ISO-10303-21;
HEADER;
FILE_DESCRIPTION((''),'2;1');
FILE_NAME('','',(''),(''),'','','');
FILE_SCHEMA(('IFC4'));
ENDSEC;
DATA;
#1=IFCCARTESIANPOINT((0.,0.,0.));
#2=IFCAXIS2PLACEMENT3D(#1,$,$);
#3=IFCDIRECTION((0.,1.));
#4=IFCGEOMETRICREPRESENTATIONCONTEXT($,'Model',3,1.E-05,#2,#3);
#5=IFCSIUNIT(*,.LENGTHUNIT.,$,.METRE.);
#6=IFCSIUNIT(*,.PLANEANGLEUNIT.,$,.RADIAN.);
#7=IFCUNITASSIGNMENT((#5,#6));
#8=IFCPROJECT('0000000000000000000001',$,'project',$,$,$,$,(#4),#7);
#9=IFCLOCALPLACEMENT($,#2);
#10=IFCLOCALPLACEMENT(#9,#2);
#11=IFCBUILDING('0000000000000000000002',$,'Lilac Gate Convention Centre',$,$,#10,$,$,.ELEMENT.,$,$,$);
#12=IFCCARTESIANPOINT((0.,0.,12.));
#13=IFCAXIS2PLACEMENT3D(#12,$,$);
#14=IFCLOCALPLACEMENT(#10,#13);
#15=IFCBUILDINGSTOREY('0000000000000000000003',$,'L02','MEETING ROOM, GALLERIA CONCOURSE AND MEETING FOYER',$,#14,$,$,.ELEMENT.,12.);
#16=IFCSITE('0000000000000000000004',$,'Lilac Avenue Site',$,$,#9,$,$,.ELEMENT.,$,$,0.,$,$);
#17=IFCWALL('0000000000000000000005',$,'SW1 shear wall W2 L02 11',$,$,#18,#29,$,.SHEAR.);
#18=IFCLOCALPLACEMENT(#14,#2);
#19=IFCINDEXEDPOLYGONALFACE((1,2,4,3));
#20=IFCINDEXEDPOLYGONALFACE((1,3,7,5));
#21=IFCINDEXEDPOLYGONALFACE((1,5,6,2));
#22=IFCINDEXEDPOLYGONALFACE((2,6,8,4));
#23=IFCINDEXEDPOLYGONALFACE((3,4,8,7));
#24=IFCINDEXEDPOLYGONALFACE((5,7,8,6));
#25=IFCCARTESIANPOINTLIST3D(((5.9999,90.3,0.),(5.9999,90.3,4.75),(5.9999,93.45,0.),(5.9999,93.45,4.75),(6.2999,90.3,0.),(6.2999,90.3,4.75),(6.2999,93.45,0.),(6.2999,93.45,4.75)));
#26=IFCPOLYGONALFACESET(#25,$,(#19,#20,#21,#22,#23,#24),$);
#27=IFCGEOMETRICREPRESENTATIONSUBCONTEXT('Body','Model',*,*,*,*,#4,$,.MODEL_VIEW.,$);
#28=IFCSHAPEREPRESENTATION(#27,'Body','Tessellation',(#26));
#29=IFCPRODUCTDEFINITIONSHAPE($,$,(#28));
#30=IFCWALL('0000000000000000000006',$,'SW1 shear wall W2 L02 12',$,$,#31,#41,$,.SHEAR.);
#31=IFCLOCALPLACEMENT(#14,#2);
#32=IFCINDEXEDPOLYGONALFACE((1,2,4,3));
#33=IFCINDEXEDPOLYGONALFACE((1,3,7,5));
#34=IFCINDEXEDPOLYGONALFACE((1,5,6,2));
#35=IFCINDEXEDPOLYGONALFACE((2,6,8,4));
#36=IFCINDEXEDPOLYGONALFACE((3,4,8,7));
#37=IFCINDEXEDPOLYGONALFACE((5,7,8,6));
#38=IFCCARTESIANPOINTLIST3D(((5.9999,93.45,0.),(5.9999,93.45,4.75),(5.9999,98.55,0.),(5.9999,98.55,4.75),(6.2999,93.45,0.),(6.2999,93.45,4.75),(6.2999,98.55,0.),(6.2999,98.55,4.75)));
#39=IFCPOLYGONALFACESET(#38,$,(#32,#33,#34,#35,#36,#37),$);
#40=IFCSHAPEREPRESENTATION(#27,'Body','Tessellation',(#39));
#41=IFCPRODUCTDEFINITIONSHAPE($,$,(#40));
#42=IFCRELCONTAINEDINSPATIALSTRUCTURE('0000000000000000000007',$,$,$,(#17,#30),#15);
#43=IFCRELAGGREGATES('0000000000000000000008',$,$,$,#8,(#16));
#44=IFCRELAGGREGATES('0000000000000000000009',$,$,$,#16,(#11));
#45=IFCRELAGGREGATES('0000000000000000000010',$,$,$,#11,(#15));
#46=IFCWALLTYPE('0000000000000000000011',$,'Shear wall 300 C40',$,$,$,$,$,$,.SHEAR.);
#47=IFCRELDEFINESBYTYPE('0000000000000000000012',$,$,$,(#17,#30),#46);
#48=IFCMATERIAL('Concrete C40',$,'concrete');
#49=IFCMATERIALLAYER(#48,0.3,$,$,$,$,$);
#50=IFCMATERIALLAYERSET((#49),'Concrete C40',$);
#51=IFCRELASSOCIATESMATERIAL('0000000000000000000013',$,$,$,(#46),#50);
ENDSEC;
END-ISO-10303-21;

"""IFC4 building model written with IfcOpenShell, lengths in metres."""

from ifc_helpers import new_model, si_unit, direction, frame, frame_2d, origin, place, context, subcontext, project, spatial, rectangle, extrude, material, layer, layer_set, type_object, element, save


model = new_model("IFC4")

# Units and contexts
model_context = context("Model", 3, precision=1e-05, world=origin(), true_north=direction((0.0, 1.0)))
body_context = subcontext(model_context, "Body", "Model", "MODEL_VIEW")
ifc_project = project(units=[si_unit("LENGTHUNIT", "METRE"), si_unit("PLANEANGLEUNIT", "RADIAN")], contexts=[model_context])

# Site, building, storey
site_placement = place(None, origin())
site = spatial("IfcSite", under=ifc_project, at=site_placement, Name="Lilac Avenue Site", CompositionType="ELEMENT", RefElevation=0.0)
building_placement = place(site_placement, origin())
building = spatial("IfcBuilding", under=site, at=building_placement, Name="Lilac Gate Convention Centre", CompositionType="ELEMENT")
storey_placement = place(building_placement, frame((0.0, 0.0, 12.0)))
storey = spatial("IfcBuildingStorey", under=building, at=storey_placement, Name="L02", Description="MEETING ROOM, GALLERIA CONCOURSE AND MEETING FOYER", CompositionType="ELEMENT", Elevation=12.0)

# Shared definitions
ifc_material_1 = material(Name="Concrete C40", Category="concrete")

# Walls
ifc_layer_1 = layer(ifc_material_1, 0.3)
ifc_layer_set_1 = layer_set([ifc_layer_1], Name="Concrete C40")
wall_type = type_object("IfcWallType", Name="Shear wall 300 C40", PredefinedType="SHEAR", material=ifc_layer_set_1)
wall_1_placement = place(storey_placement, frame((6.1499, 90.3, 0.0), z_axis=(0.0, 0.0, 1.0), x_axis=(0.0, 1.0, 0.0)))
element("IfcWall", 1, at=wall_1_placement, inside=storey, type_object=wall_type, Name="SW1 shear wall W2 L02 11", PredefinedType="SHEAR", context=body_context, shape_type="SweptSolid", body=[
    extrude(rectangle(XDim=3.1499, YDim=0.3, at=frame_2d((1.575, 0.0))), origin(), (0.0, 0.0, 1.0), 4.75),
])
wall_2_placement = place(storey_placement, frame((6.1499, 93.45, 0.0), z_axis=(0.0, 0.0, 1.0), x_axis=(0.0, 1.0, 0.0)))
element("IfcWall", 2, at=wall_2_placement, inside=storey, type_object=wall_type, Name="SW1 shear wall W2 L02 12", PredefinedType="SHEAR", context=body_context, shape_type="SweptSolid", body=[
    extrude(rectangle(XDim=5.1001, YDim=0.3, at=frame_2d((2.55, 0.0))), origin(), (0.0, 0.0, 1.0), 4.75),
])

save(model, "model.ifc")
